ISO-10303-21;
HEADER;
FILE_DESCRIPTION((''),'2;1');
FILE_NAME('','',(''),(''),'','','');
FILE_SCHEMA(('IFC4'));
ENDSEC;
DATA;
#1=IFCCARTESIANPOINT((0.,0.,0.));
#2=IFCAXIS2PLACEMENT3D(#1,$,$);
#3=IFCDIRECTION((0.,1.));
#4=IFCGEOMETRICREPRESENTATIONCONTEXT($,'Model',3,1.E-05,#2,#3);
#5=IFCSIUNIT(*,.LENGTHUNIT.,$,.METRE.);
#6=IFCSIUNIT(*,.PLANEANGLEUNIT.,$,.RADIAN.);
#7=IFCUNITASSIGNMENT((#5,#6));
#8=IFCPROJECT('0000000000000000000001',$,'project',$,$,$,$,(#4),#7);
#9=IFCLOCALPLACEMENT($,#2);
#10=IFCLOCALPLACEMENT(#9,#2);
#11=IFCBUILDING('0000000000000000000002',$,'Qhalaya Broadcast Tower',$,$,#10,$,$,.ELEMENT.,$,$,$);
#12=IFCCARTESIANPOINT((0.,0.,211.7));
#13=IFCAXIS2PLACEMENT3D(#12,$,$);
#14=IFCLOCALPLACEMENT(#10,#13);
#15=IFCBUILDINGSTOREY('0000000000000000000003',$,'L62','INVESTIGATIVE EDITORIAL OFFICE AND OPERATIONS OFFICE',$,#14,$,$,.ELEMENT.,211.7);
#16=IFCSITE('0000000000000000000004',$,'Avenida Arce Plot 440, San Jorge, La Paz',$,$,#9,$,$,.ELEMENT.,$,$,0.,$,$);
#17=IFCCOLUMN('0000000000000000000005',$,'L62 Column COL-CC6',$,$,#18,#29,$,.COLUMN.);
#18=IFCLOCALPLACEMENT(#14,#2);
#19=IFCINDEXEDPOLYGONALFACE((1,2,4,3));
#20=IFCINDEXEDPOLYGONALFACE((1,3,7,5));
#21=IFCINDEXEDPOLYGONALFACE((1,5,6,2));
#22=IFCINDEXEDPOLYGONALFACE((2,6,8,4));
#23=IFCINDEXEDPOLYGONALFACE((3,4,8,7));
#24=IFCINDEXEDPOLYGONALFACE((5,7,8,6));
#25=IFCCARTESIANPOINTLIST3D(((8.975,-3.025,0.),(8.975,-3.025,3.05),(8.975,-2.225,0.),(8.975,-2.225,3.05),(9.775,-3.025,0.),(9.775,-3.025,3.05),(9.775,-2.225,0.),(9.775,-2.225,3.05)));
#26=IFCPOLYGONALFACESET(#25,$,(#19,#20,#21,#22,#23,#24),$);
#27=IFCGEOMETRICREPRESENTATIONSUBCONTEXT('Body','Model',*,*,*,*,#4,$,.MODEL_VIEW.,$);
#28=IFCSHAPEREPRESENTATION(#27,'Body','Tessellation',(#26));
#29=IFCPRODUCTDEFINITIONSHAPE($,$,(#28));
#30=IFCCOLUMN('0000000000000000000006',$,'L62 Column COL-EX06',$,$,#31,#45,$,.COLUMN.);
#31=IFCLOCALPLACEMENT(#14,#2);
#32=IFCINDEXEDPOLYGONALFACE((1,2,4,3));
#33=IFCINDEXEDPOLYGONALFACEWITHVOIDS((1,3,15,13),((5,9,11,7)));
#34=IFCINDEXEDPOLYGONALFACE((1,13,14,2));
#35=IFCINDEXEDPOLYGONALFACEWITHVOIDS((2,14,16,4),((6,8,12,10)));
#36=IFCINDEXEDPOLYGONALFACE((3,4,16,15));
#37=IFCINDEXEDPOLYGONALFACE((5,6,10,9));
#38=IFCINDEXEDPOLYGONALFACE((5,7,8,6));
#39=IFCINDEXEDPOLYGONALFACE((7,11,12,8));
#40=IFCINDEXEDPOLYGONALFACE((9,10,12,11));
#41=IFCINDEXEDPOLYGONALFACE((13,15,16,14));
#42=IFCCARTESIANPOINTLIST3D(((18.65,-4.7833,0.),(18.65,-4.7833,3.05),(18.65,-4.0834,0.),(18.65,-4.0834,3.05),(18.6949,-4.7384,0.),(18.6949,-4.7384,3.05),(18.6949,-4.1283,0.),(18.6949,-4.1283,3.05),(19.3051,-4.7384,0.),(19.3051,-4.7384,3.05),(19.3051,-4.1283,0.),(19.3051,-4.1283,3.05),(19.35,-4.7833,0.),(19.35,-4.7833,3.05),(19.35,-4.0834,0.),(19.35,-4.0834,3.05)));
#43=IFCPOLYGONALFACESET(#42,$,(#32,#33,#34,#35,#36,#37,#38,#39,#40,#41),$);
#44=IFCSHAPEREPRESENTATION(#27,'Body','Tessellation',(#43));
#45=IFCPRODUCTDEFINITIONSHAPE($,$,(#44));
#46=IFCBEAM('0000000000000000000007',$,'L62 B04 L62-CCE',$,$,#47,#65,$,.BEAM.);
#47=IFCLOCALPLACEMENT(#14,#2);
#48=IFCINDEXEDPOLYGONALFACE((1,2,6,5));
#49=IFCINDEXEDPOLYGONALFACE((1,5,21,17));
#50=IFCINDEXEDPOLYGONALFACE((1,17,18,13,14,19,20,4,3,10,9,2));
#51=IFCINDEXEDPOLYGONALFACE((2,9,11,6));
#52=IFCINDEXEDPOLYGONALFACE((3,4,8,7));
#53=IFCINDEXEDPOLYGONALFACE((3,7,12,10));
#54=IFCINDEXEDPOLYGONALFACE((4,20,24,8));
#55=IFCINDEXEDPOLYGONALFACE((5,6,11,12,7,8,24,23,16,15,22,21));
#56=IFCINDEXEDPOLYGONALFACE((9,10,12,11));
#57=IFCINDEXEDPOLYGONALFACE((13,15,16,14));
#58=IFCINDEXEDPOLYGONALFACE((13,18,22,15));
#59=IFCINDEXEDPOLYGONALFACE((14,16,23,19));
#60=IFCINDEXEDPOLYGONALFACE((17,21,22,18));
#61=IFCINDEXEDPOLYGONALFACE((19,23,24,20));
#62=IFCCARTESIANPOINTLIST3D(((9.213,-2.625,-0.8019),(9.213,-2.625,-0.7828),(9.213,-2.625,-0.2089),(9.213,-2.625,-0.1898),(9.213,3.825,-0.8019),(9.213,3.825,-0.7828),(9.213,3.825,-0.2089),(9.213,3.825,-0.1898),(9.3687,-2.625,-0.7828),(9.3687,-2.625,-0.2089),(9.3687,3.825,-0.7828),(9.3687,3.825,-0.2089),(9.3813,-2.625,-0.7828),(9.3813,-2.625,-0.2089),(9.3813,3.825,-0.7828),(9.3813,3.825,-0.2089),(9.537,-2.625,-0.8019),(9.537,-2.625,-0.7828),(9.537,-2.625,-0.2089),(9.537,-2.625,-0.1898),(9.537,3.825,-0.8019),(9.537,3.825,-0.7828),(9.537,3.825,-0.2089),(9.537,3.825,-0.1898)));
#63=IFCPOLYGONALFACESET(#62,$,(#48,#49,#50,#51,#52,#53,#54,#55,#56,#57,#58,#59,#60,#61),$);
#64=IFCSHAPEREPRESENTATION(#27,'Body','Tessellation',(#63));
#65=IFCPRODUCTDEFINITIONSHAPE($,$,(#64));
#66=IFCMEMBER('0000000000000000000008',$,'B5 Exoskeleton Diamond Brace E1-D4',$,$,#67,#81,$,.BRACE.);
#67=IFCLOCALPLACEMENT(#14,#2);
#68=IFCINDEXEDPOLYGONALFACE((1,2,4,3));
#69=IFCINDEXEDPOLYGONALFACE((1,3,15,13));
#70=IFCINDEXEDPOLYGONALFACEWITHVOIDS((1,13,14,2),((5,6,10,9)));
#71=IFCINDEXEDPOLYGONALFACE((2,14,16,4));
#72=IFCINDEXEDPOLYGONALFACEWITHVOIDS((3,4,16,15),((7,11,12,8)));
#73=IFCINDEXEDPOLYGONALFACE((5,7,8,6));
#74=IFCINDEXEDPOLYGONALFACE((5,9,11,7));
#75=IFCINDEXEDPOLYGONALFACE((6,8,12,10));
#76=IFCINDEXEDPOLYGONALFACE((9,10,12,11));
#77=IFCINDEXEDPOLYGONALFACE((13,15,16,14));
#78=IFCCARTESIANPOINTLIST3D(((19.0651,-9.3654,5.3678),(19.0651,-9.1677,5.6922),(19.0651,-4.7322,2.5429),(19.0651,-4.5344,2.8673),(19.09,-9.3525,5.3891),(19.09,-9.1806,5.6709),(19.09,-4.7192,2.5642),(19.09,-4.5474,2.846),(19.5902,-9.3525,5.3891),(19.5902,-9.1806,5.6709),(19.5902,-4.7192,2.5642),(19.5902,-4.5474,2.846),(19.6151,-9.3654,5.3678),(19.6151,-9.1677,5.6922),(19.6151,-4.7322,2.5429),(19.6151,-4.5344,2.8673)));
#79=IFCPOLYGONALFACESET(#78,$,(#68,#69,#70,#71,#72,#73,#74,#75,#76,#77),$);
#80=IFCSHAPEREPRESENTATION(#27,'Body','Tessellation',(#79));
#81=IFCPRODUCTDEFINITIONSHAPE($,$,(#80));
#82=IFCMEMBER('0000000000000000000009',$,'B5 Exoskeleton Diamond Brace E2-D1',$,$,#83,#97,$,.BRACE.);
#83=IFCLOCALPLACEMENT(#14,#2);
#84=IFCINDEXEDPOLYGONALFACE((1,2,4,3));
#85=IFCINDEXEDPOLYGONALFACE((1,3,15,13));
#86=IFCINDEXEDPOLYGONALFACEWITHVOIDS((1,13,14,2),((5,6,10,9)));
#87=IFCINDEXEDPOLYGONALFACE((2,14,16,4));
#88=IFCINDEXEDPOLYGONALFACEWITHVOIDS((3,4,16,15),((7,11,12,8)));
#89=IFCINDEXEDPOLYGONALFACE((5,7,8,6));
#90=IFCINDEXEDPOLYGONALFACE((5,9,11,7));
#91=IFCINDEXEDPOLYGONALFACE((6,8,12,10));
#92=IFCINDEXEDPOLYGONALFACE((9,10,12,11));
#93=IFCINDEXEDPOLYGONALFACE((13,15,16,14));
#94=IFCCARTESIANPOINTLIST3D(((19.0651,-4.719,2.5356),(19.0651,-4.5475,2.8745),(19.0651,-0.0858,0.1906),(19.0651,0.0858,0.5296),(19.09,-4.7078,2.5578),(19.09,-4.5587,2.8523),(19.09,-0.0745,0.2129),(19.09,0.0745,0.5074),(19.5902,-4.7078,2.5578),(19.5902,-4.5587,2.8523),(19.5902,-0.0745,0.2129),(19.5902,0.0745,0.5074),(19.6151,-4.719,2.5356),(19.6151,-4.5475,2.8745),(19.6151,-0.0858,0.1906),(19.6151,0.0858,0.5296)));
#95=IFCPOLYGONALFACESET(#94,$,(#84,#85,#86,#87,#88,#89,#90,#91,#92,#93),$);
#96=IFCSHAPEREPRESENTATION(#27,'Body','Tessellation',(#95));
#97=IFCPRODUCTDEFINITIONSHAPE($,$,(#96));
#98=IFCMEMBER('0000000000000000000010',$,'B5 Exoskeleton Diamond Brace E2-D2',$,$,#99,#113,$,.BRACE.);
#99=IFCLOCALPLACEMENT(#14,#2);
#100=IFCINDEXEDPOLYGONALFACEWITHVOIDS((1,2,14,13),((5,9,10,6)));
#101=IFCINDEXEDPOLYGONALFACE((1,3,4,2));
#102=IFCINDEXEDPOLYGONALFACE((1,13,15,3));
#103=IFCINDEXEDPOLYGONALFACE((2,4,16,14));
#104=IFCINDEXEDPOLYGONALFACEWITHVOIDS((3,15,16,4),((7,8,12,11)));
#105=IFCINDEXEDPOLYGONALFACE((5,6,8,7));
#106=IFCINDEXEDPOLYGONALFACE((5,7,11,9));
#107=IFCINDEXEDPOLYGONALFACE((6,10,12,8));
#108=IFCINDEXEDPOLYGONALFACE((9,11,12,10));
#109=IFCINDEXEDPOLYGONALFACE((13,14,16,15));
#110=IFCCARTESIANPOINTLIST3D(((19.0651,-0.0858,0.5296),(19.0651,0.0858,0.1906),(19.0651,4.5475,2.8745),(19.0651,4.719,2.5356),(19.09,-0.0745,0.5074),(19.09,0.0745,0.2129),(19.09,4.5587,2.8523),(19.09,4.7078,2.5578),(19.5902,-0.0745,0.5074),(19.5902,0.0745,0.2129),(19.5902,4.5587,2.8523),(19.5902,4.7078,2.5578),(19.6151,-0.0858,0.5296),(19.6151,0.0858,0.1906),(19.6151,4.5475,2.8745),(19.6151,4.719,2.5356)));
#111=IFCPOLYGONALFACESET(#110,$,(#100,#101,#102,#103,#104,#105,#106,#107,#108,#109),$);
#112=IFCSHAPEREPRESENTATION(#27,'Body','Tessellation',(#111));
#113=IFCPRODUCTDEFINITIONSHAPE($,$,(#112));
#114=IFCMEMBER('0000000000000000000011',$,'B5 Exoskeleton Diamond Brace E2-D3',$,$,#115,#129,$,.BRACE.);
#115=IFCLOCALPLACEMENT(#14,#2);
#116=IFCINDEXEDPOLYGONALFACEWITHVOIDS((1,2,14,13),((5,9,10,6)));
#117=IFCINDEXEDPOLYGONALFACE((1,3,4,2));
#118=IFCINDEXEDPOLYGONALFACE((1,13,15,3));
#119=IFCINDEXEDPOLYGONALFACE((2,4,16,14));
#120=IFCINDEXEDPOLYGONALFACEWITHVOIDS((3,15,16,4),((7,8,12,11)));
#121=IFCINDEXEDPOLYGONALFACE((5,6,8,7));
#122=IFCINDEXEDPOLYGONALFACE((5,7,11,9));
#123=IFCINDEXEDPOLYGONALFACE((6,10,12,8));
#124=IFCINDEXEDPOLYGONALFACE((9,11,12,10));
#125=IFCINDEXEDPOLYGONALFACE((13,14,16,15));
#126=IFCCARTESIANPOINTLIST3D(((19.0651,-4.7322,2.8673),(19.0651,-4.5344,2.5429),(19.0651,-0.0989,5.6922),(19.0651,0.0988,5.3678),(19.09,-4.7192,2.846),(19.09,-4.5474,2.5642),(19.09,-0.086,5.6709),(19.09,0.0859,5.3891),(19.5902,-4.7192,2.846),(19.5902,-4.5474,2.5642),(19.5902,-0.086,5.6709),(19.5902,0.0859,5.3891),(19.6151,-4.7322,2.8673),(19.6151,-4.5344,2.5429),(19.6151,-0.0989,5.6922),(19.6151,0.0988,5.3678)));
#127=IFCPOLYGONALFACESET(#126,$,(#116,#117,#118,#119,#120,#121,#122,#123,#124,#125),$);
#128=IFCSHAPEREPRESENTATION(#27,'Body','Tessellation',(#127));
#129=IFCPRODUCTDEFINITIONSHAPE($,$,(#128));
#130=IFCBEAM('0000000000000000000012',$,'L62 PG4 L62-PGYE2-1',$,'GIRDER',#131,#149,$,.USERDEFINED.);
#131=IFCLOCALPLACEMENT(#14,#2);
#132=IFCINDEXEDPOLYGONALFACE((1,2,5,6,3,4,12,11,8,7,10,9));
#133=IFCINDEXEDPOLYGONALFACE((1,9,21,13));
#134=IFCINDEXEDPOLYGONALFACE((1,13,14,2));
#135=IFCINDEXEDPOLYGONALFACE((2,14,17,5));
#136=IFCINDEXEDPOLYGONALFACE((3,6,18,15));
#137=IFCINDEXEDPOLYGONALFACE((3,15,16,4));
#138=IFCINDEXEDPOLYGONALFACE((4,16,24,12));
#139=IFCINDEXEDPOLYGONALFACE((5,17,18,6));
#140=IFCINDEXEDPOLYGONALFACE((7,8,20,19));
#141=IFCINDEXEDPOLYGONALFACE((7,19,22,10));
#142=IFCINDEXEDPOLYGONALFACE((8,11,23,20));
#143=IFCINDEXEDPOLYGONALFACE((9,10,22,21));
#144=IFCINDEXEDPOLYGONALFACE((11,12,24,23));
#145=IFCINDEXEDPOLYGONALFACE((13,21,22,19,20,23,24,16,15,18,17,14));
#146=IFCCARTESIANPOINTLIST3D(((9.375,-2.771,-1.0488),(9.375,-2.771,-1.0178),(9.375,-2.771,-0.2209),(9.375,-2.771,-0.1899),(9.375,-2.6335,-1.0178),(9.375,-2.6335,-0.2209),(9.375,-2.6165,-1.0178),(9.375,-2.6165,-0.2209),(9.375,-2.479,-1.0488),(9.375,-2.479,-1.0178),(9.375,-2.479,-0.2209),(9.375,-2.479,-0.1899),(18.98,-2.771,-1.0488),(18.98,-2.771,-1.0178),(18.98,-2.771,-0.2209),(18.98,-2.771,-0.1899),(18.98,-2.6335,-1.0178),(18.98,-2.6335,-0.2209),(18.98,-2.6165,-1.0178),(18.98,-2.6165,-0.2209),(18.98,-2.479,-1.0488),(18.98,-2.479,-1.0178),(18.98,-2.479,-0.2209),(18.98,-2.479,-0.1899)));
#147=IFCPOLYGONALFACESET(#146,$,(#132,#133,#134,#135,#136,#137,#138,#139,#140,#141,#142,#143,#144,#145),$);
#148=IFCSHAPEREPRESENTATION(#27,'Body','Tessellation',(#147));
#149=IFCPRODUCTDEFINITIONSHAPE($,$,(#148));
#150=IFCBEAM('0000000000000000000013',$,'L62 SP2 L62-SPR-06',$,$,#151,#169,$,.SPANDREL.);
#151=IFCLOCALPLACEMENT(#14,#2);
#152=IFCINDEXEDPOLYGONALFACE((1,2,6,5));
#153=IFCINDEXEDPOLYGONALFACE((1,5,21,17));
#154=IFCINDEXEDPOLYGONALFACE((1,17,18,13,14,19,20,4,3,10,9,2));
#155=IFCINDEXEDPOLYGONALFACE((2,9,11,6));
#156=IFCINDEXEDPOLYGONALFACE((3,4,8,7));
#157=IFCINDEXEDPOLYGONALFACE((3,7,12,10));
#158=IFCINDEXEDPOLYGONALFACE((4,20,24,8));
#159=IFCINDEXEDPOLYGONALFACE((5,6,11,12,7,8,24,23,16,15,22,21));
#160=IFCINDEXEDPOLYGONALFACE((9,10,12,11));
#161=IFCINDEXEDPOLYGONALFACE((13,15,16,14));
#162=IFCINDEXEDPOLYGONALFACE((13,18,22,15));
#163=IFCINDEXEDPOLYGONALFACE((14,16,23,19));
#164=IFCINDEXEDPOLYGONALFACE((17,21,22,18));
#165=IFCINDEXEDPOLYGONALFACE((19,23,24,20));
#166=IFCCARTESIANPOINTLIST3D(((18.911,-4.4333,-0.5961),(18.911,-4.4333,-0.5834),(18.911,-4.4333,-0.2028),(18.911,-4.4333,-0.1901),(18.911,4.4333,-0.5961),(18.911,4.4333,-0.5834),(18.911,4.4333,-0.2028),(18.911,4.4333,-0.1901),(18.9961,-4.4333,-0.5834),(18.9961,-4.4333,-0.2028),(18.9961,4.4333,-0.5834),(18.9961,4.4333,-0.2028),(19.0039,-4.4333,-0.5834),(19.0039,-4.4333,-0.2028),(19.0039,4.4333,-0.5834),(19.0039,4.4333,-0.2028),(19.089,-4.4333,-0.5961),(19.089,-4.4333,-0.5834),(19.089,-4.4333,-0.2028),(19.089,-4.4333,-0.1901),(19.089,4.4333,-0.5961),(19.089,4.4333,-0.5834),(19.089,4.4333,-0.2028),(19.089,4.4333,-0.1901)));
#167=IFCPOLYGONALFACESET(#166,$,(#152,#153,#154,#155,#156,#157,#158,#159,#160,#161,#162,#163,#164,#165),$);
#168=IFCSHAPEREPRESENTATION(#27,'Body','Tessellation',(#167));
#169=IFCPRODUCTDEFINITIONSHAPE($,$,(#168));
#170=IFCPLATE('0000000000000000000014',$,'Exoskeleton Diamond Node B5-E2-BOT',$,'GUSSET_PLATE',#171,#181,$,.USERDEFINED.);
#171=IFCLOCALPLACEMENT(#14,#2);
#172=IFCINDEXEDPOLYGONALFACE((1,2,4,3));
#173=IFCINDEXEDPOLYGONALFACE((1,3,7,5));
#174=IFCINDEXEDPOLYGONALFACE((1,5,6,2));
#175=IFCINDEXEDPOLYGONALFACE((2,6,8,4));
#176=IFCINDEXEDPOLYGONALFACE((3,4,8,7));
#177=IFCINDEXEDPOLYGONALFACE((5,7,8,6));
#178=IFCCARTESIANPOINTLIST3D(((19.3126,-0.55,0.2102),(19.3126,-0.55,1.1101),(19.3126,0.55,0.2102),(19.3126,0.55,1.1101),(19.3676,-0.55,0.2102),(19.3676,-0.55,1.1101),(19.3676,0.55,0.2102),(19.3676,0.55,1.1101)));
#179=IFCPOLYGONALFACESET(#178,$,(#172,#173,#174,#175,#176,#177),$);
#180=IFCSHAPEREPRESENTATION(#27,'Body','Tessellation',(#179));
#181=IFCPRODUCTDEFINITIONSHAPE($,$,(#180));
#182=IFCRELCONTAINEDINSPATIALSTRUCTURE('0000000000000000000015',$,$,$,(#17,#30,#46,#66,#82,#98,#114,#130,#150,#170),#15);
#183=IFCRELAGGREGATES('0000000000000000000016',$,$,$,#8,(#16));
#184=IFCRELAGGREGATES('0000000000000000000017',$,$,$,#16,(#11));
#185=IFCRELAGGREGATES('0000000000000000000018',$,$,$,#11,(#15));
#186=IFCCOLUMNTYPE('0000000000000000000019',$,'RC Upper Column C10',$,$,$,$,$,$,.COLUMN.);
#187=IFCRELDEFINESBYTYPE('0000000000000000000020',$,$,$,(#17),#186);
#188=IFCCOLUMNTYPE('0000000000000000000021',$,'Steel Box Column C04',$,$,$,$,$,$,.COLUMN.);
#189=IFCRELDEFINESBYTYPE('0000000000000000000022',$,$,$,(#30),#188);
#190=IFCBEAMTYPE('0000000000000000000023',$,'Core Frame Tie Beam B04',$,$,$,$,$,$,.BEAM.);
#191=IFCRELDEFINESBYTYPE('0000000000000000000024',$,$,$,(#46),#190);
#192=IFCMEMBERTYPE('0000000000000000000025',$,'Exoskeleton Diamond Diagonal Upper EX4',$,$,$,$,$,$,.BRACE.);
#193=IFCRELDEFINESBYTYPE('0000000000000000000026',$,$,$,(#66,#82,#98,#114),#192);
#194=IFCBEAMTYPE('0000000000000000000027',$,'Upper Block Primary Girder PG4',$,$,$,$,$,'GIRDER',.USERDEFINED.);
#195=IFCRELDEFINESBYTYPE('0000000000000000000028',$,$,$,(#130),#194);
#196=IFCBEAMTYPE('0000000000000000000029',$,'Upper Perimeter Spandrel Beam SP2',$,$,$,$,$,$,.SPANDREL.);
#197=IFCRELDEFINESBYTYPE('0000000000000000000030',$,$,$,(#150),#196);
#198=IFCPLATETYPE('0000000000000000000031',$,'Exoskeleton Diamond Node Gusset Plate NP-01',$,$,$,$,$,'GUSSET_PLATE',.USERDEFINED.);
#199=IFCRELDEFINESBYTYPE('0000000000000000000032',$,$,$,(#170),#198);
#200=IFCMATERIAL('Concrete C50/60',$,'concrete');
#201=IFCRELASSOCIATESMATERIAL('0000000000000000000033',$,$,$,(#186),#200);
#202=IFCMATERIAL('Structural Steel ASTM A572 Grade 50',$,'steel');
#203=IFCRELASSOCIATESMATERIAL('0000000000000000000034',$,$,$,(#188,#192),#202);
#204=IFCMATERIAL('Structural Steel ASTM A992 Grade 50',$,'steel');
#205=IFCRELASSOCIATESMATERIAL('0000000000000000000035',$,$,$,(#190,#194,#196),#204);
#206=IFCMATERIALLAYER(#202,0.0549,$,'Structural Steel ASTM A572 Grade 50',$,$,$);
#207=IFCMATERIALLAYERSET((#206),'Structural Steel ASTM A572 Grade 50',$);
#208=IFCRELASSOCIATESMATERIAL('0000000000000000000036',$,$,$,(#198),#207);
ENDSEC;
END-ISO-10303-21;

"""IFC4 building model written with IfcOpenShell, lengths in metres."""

from ifc_helpers import new_model, si_unit, direction, frame, origin, origin_2d, place, context, subcontext, project, spatial, rectangle, hollow_rectangle, i_section, extrude, material, layer, layer_set, material_profile, profile_set, type_object, element, save


model = new_model("IFC4")

# Units and contexts
model_context = context("Model", 3, precision=1e-05, world=origin(), true_north=direction((0.0, 1.0)))
body_context = subcontext(model_context, "Body", "Model", "MODEL_VIEW")
ifc_project = project(units=[si_unit("LENGTHUNIT", "METRE"), si_unit("PLANEANGLEUNIT", "RADIAN")], contexts=[model_context])

# Site, building, storey
site_placement = place(None, origin())
site = spatial("IfcSite", under=ifc_project, at=site_placement, Name="Avenida Arce Plot 440, San Jorge, La Paz", CompositionType="ELEMENT", RefElevation=0.0)
building_placement = place(site_placement, origin())
building = spatial("IfcBuilding", under=site, at=building_placement, Name="Qhalaya Broadcast Tower", CompositionType="ELEMENT")
storey_placement = place(building_placement, frame((0.0, 0.0, 211.7)))
storey = spatial("IfcBuildingStorey", under=building, at=storey_placement, Name="L62", Description="INVESTIGATIVE EDITORIAL OFFICE AND OPERATIONS OFFICE", CompositionType="ELEMENT", Elevation=211.7)

# Columns
ifc_material_1 = material(Name="Concrete C50/60", Category="concrete")
ifc_material_profile_1 = material_profile(ifc_material_1, rectangle(XDim=0.8, YDim=0.8, at=origin_2d()), Name="RC-COL 800x800")
ifc_profile_set_1 = profile_set([ifc_material_profile_1], Name="Concrete C50/60")
column_type_1 = type_object("IfcColumnType", Name="RC Upper Column C10", PredefinedType="COLUMN", material=ifc_profile_set_1)
column_1_placement = place(storey_placement, frame((9.375, -2.625, 0.0), z_axis=(0.0, 0.0, 1.0), x_axis=(1.0, 0.0, 0.0)))
element("IfcColumn", 1, at=column_1_placement, inside=storey, type_object=column_type_1, Name="L62 Column COL-CC6", PredefinedType="COLUMN", context=body_context, shape_type="SweptSolid", body=[
    extrude(rectangle(XDim=0.8, YDim=0.8, at=origin_2d()), origin(), (0.0, 0.0, 1.0), 3.05),
])
ifc_material_2 = material(Name="Structural Steel ASTM A572 Grade 50", Category="steel")
ifc_material_profile_2 = material_profile(ifc_material_2, hollow_rectangle(XDim=0.7, YDim=0.7, WallThickness=0.0449, at=origin_2d()), Name="BOX 700x700x45")
ifc_profile_set_2 = profile_set([ifc_material_profile_2], Name="Structural Steel ASTM A572 Grade 50")
column_type_2 = type_object("IfcColumnType", Name="Steel Box Column C04", PredefinedType="COLUMN", material=ifc_profile_set_2)
column_2_placement = place(storey_placement, frame((19.0, -4.4333, 0.0), z_axis=(0.0, 0.0, 1.0), x_axis=(0.0, 1.0, 0.0)))
element("IfcColumn", 2, at=column_2_placement, inside=storey, type_object=column_type_2, Name="L62 Column COL-EX06", PredefinedType="COLUMN", context=body_context, shape_type="SweptSolid", body=[
    extrude(hollow_rectangle(XDim=0.7, YDim=0.7, WallThickness=0.0449, at=origin_2d()), origin(), (0.0, 0.0, 1.0), 3.05),
])

# Beam
ifc_material_3 = material(Name="Structural Steel ASTM A992 Grade 50", Category="steel")
ifc_material_profile_3 = material_profile(ifc_material_3, i_section(OverallWidth=0.324, OverallDepth=0.6121, WebThickness=0.0127, FlangeThickness=0.019, at=origin_2d()), Name="W24X104")
ifc_profile_set_3 = profile_set([ifc_material_profile_3], Name="Structural Steel ASTM A992 Grade 50")
beam_type_1 = type_object("IfcBeamType", Name="Core Frame Tie Beam B04", PredefinedType="BEAM", material=ifc_profile_set_3)
beam_1_placement = place(storey_placement, frame((9.375, -2.625, -0.4958), z_axis=(0.0, 1.0, 0.0), x_axis=(-1.0, 0.0, 0.0)))
element("IfcBeam", 3, at=beam_1_placement, inside=storey, type_object=beam_type_1, Name="L62 B04 L62-CCE", PredefinedType="BEAM", context=body_context, shape_type="SweptSolid", body=[
    extrude(i_section(OverallWidth=0.324, OverallDepth=0.6121, WebThickness=0.0127, FlangeThickness=0.019, at=origin_2d()), origin(), (0.0, 0.0, 1.0), 6.45),
])

# Members
ifc_material_profile_4 = material_profile(ifc_material_2, hollow_rectangle(XDim=0.3799, YDim=0.55, WallThickness=0.0249, at=origin_2d()), Name="BOX 380x550x25")
ifc_profile_set_4 = profile_set([ifc_material_profile_4], Name="Structural Steel ASTM A572 Grade 50")
member_type = type_object("IfcMemberType", Name="Exoskeleton Diamond Diagonal Upper EX4", PredefinedType="BRACE", material=ifc_profile_set_4)
member_1_placement = place(storey_placement, frame((19.3401, -4.6333, 2.7051), z_axis=(0.0, -0.853815, 0.520576), x_axis=(0.0, 0.520576, 0.853815)))
element("IfcMember", 4, at=member_1_placement, inside=storey, type_object=member_type, Name="B5 Exoskeleton Diamond Brace E1-D4", PredefinedType="BRACE", context=body_context, shape_type="SweptSolid", body=[
    extrude(hollow_rectangle(XDim=0.3799, YDim=0.55, WallThickness=0.0249, at=origin_2d()), origin(), (0.0, 0.0, 1.0), 5.4265),
])
for number, where, z_axis, x_axis, name in (
    (5, (19.3401, 0.0, 0.3601), (0.0, -0.892235, 0.451571), (0.0, 0.451571, 0.892235), "B5 Exoskeleton Diamond Brace E2-D1"),
    (6, (19.3401, 0.0, 0.3601), (0.0, 0.892235, 0.451571), (0.0, -0.451571, 0.892235), "B5 Exoskeleton Diamond Brace E2-D2"),
):
    element("IfcMember", number, at=place(storey_placement, frame(where, z_axis=z_axis, x_axis=x_axis)), inside=storey, type_object=member_type, Name=name, PredefinedType="BRACE", context=body_context, shape_type="SweptSolid", body=[
        extrude(hollow_rectangle(XDim=0.3799, YDim=0.55, WallThickness=0.0249, at=origin_2d()), origin(), (0.0, 0.0, 1.0), 5.1929),
    ])
member_2_placement = place(storey_placement, frame((19.3401, -4.6333, 2.7051), z_axis=(0.0, 0.853815, 0.520576), x_axis=(0.0, -0.520576, 0.853815)))
element("IfcMember", 7, at=member_2_placement, inside=storey, type_object=member_type, Name="B5 Exoskeleton Diamond Brace E2-D3", PredefinedType="BRACE", context=body_context, shape_type="SweptSolid", body=[
    extrude(hollow_rectangle(XDim=0.3799, YDim=0.55, WallThickness=0.0249, at=origin_2d()), origin(), (0.0, 0.0, 1.0), 5.4265),
])

# Beams
ifc_material_profile_5 = material_profile(ifc_material_3, i_section(OverallWidth=0.292, OverallDepth=0.8589, WebThickness=0.0171, FlangeThickness=0.031, at=origin_2d()), Name="W33X169")
ifc_profile_set_5 = profile_set([ifc_material_profile_5], Name="Structural Steel ASTM A992 Grade 50")
beam_type_2 = type_object("IfcBeamType", Name="Upper Block Primary Girder PG4", ElementType="GIRDER", PredefinedType="USERDEFINED", material=ifc_profile_set_5)
beam_2_placement = place(storey_placement, frame((9.375, -2.625, -0.6194), z_axis=(1.0, 0.0, 0.0), x_axis=(0.0, 1.0, 0.0)))
element("IfcBeam", 8, at=beam_2_placement, inside=storey, type_object=beam_type_2, Name="L62 PG4 L62-PGYE2-1", ObjectType="GIRDER", PredefinedType="USERDEFINED", context=body_context, shape_type="SweptSolid", body=[
    extrude(i_section(OverallWidth=0.292, OverallDepth=0.8589, WebThickness=0.0171, FlangeThickness=0.031, at=origin_2d()), origin(), (0.0, 0.0, 1.0), 9.605),
])
ifc_material_profile_6 = material_profile(ifc_material_3, i_section(OverallWidth=0.178, OverallDepth=0.406, WebThickness=0.0078, FlangeThickness=0.0127, at=origin_2d()), Name="W16X40")
ifc_profile_set_6 = profile_set([ifc_material_profile_6], Name="Structural Steel ASTM A992 Grade 50")
beam_type_3 = type_object("IfcBeamType", Name="Upper Perimeter Spandrel Beam SP2", PredefinedType="SPANDREL", material=ifc_profile_set_6)
beam_3_placement = place(storey_placement, frame((19.0, -4.4333, -0.3931), z_axis=(0.0, 1.0, 0.0), x_axis=(-1.0, 0.0, 0.0)))
element("IfcBeam", 9, at=beam_3_placement, inside=storey, type_object=beam_type_3, Name="L62 SP2 L62-SPR-06", PredefinedType="SPANDREL", context=body_context, shape_type="SweptSolid", body=[
    extrude(i_section(OverallWidth=0.178, OverallDepth=0.406, WebThickness=0.0078, FlangeThickness=0.0127, at=origin_2d()), origin(), (0.0, 0.0, 1.0), 8.8667),
])

# Plate
ifc_layer_1 = layer(ifc_material_2, 0.0549, Name="Structural Steel ASTM A572 Grade 50")
ifc_layer_set_1 = layer_set([ifc_layer_1], Name="Structural Steel ASTM A572 Grade 50")
plate_type_1 = type_object("IfcPlateType", Name="Exoskeleton Diamond Node Gusset Plate NP-01", ElementType="GUSSET_PLATE", PredefinedType="USERDEFINED", material=ifc_layer_set_1)
plate_1_placement = place(storey_placement, frame((19.3401, 0.0, 0.2102), z_axis=(0.0, 0.0, 1.0), x_axis=(0.0, 1.0, 0.0)))
element("IfcPlate", 10, at=plate_1_placement, inside=storey, type_object=plate_type_1, Name="Exoskeleton Diamond Node B5-E2-BOT", ObjectType="GUSSET_PLATE", PredefinedType="USERDEFINED", context=body_context, shape_type="SweptSolid", body=[
    extrude(rectangle(XDim=1.1001, YDim=0.0549, at=origin_2d()), origin(), (0.0, 0.0, 1.0), 0.8999),
])

save(model, "model.ifc")
